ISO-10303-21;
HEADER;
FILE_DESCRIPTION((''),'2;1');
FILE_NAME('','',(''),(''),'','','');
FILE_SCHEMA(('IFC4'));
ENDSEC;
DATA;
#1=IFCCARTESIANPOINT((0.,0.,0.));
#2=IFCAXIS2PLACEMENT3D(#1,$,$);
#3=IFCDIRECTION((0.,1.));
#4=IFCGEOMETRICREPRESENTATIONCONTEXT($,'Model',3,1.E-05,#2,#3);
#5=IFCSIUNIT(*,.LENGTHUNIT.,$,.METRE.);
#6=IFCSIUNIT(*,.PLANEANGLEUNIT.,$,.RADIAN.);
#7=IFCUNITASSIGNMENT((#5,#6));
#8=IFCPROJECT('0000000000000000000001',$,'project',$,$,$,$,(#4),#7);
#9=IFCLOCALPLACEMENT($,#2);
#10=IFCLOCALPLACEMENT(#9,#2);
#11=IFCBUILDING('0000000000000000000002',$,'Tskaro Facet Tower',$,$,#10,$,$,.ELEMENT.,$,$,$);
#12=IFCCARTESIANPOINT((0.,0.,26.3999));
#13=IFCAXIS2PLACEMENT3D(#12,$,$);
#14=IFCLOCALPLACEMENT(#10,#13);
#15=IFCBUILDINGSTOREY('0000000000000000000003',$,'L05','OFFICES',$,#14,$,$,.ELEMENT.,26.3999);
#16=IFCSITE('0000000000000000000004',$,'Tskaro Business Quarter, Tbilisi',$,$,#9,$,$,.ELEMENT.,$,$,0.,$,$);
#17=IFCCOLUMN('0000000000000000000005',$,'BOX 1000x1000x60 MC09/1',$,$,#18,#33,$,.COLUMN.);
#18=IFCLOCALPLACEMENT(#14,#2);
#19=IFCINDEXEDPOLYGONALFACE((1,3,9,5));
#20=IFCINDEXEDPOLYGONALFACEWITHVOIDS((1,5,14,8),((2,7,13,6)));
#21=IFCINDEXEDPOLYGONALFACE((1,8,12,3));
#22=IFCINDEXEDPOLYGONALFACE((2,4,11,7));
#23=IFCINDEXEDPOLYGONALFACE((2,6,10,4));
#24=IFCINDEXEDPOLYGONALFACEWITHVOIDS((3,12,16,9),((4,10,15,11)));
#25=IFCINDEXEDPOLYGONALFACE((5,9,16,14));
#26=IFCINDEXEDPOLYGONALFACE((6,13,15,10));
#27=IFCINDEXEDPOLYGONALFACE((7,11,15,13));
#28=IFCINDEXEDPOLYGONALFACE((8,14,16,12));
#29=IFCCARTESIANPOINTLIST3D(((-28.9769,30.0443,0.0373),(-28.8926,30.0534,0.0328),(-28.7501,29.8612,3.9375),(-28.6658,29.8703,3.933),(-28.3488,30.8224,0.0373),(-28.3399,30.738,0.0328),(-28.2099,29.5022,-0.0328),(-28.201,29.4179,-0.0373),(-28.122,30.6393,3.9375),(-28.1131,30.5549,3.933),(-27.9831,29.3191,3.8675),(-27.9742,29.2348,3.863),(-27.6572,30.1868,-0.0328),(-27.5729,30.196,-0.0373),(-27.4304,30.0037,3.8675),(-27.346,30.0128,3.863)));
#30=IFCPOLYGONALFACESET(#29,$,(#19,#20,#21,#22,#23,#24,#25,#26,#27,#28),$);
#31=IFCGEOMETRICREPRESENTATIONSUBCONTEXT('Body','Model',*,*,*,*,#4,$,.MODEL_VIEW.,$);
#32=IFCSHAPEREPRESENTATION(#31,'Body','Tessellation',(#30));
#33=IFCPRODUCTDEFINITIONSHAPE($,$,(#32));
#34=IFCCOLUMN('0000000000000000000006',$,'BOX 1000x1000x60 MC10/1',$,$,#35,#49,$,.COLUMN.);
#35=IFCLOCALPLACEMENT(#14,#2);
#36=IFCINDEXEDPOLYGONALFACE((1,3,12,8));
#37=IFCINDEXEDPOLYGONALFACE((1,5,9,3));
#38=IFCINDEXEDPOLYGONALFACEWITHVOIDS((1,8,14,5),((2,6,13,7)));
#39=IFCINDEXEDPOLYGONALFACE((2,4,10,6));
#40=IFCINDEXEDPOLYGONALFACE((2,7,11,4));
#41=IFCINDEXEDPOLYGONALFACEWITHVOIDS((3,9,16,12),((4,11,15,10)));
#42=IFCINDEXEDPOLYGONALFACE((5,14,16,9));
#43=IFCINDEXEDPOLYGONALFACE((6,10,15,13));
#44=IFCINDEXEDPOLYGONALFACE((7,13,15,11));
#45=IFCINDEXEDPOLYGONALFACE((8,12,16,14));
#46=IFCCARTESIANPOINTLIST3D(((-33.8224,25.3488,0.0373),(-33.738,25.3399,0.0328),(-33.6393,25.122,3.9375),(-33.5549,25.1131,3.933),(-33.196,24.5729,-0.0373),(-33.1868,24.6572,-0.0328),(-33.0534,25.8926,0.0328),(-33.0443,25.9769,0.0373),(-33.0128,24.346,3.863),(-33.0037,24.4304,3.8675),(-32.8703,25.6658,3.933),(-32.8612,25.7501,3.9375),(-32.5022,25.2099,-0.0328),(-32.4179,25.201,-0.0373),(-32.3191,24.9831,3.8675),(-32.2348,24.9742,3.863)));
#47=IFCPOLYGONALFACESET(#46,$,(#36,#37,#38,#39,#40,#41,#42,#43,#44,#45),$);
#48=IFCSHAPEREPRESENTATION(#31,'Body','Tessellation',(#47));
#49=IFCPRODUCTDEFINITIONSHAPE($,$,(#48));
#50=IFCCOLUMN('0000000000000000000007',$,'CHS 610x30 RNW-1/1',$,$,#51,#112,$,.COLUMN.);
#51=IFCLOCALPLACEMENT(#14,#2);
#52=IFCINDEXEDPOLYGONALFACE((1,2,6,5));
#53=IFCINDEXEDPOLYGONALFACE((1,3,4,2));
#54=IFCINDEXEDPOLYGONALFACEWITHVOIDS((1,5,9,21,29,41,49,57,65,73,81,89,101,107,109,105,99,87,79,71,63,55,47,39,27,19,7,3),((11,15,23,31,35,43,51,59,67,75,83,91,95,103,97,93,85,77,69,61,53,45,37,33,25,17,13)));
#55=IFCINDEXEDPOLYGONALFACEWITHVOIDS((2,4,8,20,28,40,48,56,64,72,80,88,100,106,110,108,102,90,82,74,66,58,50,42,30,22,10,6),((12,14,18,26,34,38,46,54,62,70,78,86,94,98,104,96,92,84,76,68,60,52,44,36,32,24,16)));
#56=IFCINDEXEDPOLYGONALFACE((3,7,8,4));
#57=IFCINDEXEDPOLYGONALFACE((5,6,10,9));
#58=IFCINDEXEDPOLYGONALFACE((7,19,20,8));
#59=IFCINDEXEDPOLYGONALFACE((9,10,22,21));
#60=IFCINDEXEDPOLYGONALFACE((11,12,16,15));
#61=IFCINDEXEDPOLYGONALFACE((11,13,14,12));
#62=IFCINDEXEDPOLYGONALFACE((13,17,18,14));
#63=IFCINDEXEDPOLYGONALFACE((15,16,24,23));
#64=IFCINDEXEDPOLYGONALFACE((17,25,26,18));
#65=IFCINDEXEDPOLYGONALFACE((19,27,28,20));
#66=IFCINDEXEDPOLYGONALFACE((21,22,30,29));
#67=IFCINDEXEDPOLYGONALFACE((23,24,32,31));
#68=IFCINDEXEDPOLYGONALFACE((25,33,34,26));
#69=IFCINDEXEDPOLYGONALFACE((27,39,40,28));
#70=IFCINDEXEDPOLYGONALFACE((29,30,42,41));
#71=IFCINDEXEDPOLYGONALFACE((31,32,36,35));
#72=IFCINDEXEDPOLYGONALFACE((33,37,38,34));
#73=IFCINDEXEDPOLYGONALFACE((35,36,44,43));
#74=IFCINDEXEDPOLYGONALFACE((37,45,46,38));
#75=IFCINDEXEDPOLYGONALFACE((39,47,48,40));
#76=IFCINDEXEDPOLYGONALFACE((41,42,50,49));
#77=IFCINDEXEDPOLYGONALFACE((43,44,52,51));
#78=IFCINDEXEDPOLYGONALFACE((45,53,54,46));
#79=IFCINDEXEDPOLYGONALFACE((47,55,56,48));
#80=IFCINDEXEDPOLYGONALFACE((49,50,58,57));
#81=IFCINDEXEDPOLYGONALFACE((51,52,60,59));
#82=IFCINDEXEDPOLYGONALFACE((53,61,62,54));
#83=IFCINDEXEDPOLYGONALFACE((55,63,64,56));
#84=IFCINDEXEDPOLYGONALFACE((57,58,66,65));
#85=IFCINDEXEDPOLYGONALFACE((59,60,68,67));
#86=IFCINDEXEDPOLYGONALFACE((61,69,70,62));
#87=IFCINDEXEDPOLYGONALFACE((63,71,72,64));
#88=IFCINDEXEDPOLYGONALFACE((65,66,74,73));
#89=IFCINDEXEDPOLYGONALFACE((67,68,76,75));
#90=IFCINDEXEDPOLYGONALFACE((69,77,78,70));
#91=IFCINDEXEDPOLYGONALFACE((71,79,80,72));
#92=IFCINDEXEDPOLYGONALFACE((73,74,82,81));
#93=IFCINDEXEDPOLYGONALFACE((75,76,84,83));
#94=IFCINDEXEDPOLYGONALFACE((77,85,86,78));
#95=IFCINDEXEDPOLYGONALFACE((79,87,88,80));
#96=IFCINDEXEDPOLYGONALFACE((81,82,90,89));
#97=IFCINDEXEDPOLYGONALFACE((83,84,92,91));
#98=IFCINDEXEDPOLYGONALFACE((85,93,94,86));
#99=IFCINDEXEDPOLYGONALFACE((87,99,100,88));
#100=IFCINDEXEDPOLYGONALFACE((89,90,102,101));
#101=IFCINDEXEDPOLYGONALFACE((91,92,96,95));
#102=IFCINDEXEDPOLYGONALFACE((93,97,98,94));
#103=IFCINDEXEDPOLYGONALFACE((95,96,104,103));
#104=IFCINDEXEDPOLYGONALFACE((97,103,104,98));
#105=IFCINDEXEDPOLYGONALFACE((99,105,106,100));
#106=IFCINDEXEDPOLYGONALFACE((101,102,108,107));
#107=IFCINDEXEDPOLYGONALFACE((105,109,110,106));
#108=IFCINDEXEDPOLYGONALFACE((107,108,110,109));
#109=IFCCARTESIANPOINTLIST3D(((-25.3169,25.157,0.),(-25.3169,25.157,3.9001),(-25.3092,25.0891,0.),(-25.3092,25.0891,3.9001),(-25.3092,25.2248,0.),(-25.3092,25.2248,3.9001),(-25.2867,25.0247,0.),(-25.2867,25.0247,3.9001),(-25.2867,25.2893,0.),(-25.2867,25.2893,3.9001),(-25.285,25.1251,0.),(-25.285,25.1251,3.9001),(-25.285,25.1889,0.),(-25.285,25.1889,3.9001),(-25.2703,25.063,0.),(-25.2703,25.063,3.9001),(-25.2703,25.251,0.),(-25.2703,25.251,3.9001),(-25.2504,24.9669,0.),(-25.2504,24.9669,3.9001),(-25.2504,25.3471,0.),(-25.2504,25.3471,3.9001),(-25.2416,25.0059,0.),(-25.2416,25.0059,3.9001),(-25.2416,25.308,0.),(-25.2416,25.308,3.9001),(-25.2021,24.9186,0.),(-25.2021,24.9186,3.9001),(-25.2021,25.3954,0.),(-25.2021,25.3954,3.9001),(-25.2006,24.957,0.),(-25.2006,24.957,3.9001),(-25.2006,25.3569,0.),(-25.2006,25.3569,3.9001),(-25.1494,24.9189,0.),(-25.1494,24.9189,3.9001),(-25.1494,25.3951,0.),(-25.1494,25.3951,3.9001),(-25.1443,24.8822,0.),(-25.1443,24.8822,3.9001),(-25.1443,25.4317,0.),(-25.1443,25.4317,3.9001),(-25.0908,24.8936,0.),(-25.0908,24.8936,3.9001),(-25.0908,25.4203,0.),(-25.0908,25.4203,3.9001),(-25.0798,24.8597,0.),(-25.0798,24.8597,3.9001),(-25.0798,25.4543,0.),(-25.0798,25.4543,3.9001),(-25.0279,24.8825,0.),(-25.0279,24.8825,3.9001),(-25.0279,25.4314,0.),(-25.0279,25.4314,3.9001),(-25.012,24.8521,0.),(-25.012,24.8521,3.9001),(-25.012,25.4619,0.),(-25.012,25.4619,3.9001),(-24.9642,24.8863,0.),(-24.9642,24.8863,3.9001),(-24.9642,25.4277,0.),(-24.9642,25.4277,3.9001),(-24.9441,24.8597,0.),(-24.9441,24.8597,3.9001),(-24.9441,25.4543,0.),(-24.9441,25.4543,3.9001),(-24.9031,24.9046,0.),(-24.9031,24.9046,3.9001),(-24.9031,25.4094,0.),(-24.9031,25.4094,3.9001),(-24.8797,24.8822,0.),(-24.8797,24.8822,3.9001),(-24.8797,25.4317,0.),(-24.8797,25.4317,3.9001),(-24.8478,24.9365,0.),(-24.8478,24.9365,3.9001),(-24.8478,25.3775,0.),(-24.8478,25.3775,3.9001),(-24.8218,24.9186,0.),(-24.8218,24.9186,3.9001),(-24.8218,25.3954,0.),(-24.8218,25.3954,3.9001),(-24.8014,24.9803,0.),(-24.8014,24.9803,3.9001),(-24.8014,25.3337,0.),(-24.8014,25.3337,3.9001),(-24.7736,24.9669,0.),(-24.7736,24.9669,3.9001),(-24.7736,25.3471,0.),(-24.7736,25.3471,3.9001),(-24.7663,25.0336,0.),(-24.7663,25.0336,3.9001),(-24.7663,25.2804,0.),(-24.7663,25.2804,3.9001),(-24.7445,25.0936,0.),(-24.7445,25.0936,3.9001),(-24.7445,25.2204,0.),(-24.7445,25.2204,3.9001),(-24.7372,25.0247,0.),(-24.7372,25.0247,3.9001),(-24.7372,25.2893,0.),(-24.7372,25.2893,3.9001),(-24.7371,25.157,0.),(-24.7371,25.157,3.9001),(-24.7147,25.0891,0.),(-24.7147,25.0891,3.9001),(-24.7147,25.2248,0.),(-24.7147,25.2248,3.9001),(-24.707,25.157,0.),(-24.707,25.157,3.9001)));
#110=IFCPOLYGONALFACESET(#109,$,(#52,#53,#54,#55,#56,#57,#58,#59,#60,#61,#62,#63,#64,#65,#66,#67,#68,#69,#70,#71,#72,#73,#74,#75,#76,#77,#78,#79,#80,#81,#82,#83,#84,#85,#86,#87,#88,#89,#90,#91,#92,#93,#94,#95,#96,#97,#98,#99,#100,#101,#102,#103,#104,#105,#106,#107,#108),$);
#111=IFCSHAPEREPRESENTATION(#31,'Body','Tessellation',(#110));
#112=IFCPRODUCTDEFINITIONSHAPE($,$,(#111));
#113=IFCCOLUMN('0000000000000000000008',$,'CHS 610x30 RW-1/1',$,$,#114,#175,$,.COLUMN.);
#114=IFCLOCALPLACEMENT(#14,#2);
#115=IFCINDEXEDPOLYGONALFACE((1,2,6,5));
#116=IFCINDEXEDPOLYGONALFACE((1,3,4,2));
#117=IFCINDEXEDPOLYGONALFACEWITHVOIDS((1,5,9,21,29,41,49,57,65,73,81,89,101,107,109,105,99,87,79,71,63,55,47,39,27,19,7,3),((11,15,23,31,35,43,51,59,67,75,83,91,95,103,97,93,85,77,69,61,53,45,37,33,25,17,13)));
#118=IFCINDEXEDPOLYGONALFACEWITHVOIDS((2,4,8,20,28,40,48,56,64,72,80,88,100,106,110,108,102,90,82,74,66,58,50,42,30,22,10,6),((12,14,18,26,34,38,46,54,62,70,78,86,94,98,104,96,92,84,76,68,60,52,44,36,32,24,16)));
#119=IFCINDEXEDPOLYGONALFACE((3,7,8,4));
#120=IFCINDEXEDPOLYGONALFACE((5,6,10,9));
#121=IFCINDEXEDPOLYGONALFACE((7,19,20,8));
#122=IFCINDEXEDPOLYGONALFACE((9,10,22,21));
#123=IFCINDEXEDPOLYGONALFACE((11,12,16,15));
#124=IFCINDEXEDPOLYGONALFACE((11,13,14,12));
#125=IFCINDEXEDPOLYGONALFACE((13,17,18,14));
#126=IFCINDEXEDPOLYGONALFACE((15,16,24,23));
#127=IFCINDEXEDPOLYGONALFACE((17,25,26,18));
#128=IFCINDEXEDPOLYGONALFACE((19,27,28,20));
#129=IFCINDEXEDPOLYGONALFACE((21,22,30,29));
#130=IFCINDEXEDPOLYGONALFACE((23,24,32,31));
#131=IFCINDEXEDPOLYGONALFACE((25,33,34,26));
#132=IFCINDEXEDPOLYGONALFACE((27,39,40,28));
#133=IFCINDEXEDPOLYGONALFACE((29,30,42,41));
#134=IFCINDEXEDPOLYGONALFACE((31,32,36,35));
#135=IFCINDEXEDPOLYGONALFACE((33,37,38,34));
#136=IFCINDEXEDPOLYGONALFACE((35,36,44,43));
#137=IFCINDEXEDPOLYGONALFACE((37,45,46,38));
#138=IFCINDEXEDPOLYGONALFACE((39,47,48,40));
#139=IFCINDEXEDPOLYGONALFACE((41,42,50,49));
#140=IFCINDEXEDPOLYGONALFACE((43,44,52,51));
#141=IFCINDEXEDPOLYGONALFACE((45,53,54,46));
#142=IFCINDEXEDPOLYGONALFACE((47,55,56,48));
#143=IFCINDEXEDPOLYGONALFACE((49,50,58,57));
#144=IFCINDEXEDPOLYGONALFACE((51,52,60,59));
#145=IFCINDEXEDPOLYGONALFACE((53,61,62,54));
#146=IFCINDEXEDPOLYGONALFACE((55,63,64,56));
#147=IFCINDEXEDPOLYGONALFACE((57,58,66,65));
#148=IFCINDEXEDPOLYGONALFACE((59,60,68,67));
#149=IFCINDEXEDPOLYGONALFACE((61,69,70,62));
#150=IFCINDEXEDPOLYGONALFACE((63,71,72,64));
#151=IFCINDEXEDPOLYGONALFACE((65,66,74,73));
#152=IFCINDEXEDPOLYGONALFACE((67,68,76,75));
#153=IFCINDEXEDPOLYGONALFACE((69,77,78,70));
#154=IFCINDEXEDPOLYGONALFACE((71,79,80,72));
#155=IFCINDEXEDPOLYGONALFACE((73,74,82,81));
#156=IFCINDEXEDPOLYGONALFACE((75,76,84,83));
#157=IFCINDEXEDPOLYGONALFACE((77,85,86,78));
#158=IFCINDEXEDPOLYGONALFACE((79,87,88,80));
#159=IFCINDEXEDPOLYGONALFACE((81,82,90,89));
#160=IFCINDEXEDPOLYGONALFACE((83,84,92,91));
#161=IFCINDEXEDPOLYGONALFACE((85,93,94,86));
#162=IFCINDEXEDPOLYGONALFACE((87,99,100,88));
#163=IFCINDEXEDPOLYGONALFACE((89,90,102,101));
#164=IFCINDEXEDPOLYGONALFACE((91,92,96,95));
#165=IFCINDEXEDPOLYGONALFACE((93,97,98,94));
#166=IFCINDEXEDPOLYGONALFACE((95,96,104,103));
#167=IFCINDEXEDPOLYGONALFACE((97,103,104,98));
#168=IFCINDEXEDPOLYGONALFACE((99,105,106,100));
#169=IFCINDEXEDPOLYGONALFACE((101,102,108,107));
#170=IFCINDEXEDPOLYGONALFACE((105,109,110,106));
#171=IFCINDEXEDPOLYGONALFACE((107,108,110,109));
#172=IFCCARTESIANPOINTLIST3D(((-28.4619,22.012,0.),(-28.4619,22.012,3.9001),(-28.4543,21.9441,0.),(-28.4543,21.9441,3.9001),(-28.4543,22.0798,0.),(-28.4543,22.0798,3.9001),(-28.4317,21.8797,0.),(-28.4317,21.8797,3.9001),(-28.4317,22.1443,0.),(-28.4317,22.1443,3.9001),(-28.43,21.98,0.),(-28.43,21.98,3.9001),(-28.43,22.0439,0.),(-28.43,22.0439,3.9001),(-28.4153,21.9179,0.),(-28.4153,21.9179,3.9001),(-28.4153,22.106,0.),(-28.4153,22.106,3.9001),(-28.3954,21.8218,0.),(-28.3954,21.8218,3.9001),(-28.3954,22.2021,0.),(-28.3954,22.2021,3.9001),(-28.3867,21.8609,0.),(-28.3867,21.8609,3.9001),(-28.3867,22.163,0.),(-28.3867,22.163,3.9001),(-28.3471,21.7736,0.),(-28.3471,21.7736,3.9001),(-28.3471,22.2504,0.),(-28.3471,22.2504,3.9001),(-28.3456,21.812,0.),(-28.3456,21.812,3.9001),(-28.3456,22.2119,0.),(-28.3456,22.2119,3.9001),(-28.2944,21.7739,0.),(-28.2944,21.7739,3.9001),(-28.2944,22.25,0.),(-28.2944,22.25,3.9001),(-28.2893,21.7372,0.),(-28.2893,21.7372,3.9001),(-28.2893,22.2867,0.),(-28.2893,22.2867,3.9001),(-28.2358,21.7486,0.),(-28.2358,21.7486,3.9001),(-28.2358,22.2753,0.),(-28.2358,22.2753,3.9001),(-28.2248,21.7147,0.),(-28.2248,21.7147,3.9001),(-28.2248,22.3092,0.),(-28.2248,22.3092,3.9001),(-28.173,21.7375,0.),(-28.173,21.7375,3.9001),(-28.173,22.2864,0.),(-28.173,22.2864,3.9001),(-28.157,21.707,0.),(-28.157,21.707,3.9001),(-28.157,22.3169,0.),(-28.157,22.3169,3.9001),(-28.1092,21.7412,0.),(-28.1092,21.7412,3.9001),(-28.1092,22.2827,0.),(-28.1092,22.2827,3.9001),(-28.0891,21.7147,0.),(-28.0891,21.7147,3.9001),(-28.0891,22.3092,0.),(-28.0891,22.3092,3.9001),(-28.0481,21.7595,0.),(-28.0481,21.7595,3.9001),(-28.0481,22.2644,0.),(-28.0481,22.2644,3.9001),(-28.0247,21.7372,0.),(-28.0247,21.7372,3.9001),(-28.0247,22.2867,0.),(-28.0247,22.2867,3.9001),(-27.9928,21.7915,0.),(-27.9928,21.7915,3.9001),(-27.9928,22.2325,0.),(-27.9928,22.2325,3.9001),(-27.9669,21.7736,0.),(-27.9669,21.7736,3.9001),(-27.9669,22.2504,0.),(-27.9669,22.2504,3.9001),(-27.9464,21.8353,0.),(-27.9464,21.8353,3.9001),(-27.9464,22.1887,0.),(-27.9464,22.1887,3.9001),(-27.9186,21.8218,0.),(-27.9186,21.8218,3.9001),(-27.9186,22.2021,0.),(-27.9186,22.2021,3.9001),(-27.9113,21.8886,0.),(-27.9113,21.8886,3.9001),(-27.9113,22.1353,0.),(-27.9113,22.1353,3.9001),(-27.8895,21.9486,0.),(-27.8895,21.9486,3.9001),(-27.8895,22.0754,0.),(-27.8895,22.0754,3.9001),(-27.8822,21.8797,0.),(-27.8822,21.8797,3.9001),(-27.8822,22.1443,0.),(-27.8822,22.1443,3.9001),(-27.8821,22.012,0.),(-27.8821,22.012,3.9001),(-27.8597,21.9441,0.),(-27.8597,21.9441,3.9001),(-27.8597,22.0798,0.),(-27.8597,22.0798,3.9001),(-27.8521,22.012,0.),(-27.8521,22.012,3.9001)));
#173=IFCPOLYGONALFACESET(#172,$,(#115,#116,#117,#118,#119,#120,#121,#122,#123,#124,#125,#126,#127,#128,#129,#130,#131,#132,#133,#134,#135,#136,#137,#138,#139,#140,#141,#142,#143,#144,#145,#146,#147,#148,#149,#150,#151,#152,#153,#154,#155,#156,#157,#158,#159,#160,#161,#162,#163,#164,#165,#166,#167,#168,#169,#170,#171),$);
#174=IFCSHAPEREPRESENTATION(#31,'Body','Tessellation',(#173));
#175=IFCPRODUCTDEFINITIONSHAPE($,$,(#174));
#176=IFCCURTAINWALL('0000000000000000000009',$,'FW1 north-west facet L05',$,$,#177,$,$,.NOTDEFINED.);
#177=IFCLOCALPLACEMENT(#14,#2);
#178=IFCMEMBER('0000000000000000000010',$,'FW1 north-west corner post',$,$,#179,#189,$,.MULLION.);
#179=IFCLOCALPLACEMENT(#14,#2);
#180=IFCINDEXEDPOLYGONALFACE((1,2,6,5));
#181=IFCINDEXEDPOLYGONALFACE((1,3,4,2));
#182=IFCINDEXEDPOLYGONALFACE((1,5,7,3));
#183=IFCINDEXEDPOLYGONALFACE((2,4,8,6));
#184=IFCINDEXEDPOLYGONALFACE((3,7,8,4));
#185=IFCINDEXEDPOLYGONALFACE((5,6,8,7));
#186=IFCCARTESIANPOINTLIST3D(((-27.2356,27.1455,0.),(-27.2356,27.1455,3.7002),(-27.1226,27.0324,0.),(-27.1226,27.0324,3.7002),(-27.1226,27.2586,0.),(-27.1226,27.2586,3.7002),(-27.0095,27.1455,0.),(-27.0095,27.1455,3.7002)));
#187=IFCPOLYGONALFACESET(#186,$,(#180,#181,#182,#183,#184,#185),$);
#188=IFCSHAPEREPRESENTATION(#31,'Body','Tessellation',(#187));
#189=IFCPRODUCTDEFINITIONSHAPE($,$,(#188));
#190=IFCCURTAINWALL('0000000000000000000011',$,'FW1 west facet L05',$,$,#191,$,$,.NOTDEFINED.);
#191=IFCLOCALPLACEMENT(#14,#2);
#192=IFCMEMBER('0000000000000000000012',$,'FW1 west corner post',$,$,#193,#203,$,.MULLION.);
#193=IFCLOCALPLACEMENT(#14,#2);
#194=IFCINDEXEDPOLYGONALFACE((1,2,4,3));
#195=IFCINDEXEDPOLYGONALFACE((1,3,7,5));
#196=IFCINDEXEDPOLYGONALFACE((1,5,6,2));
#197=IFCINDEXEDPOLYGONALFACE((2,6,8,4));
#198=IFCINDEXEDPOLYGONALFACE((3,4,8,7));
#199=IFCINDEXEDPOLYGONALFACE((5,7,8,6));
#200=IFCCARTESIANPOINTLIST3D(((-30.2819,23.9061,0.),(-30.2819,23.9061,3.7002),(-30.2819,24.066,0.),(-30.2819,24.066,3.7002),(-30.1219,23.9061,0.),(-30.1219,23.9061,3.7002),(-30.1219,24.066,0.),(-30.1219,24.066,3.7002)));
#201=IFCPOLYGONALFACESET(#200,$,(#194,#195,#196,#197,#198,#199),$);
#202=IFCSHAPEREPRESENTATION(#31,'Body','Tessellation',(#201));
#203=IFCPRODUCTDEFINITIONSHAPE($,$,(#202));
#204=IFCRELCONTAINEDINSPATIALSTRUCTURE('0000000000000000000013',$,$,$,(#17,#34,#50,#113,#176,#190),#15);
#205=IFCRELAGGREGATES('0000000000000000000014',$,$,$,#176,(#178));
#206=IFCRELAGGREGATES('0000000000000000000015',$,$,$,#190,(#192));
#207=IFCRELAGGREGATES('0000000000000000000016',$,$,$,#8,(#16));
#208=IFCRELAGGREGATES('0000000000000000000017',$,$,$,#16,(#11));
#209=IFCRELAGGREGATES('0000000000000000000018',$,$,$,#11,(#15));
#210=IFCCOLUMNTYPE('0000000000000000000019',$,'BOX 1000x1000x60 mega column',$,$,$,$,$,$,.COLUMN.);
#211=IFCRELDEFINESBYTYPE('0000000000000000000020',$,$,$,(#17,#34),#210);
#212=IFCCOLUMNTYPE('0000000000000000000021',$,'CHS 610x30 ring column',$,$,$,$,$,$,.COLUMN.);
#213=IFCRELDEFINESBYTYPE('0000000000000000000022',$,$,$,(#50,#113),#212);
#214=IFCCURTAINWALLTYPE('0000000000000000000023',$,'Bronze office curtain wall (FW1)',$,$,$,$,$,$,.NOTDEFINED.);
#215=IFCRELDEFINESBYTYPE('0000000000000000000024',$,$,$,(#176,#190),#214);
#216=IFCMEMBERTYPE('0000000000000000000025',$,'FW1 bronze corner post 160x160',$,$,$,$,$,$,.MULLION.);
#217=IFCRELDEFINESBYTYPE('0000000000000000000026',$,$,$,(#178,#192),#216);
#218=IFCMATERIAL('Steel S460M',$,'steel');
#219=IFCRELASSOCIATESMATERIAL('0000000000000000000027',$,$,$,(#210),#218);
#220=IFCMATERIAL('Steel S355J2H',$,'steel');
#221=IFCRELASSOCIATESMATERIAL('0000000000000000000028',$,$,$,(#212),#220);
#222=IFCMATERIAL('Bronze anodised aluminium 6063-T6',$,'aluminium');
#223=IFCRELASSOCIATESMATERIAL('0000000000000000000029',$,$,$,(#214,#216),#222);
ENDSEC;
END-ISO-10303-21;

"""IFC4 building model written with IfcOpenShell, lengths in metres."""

from ifc_helpers import new_model, si_unit, direction, frame, origin, origin_2d, place, context, subcontext, project, spatial, rectangle, hollow_rectangle, hollow_circle, extrude, material, material_profile, profile_set, type_object, element, aggregate, save


model = new_model("IFC4")

# Units and contexts
model_context = context("Model", 3, precision=1e-05, world=origin(), true_north=direction((0.0, 1.0)))
body_context = subcontext(model_context, "Body", "Model", "MODEL_VIEW")
ifc_project = project(units=[si_unit("LENGTHUNIT", "METRE"), si_unit("PLANEANGLEUNIT", "RADIAN")], contexts=[model_context])

# Site, building, storey
site_placement = place(None, origin())
site = spatial("IfcSite", under=ifc_project, at=site_placement, Name="Tskaro Business Quarter, Tbilisi", CompositionType="ELEMENT", RefElevation=0.0)
building_placement = place(site_placement, origin())
building = spatial("IfcBuilding", under=site, at=building_placement, Name="Tskaro Facet Tower", CompositionType="ELEMENT")
storey_placement = place(building_placement, frame((0.0, 0.0, 26.3999)))
storey = spatial("IfcBuildingStorey", under=building, at=storey_placement, Name="L05", Description="OFFICES", CompositionType="ELEMENT", Elevation=26.3999)

# Columns
ifc_material_1 = material(Name="Steel S460M", Category="steel")
ifc_material_profile_1 = material_profile(ifc_material_1, hollow_rectangle(XDim=1.0, YDim=1.0, WallThickness=0.0601, at=origin_2d()), Name="BOX 1000x1000x60")
ifc_profile_set_1 = profile_set([ifc_material_profile_1], Name="Steel S460M")
column_type_1 = type_object("IfcColumnType", Name="BOX 1000x1000x60 mega column", PredefinedType="COLUMN", material=ifc_profile_set_1)
for number, where, z_axis, x_axis, name in (
    (1, (-28.2749, 30.1201, 0.0), (0.057992, -0.046818, 0.997219), (0.628162, 0.778083, 0.0), "BOX 1000x1000x60 MC09/1"),
    (2, (-33.1201, 25.2749, 0.0), (0.046818, -0.057992, 0.997219), (0.778083, 0.628162, 0.0), "BOX 1000x1000x60 MC10/1"),
):
    element("IfcColumn", number, at=place(storey_placement, frame(where, z_axis=z_axis, x_axis=x_axis)), inside=storey, type_object=column_type_1, Name=name, PredefinedType="COLUMN", context=body_context, shape_type="SweptSolid", body=[
        extrude(hollow_rectangle(XDim=1.0, YDim=1.0, WallThickness=0.0601, at=origin_2d()), origin(), (0.0, 0.0, 1.0), 3.9111),
    ])
ifc_material_2 = material(Name="Steel S355J2H", Category="steel")
ifc_material_profile_2 = material_profile(ifc_material_2, hollow_circle(Radius=0.3049, WallThickness=0.03, at=origin_2d()), Name="CHS 610x30")
ifc_profile_set_2 = profile_set([ifc_material_profile_2], Name="Steel S355J2H")
column_type_2 = type_object("IfcColumnType", Name="CHS 610x30 ring column", PredefinedType="COLUMN", material=ifc_profile_set_2)
for number, where, z_axis, x_axis, name in (
    (3, (-25.012, 25.157, 0.0), (0.0, 0.0, 1.0), (1.0, 0.0, 0.0), "CHS 610x30 RNW-1/1"),
    (4, (-28.157, 22.012, 0.0), (0.0, 0.0, 1.0), (1.0, 0.0, 0.0), "CHS 610x30 RW-1/1"),
):
    element("IfcColumn", number, at=place(storey_placement, frame(where, z_axis=z_axis, x_axis=x_axis)), inside=storey, type_object=column_type_2, Name=name, PredefinedType="COLUMN", context=body_context, shape_type="SweptSolid", body=[
        extrude(hollow_circle(Radius=0.3049, WallThickness=0.03, at=origin_2d()), origin(), (0.0, 0.0, 1.0), 3.9001),
    ])

# Curtain walls, members
ifc_material_3 = material(Name="Bronze anodised aluminium 6063-T6", Category="aluminium")
curtain_wall_type = type_object("IfcCurtainWallType", Name="Bronze office curtain wall (FW1)", PredefinedType="NOTDEFINED", material=ifc_material_3)
curtain_wall_1_placement = place(storey_placement, origin())
curtain_wall_1 = element("IfcCurtainWall", 5, at=curtain_wall_1_placement, inside=storey, type_object=curtain_wall_type, Name="FW1 north-west facet L05", PredefinedType="NOTDEFINED")
ifc_material_profile_3 = material_profile(ifc_material_3, rectangle(XDim=0.1599, YDim=0.1599, at=origin_2d()), Name="Corner post 160x160")
ifc_profile_set_3 = profile_set([ifc_material_profile_3], Name="Bronze anodised aluminium 6063-T6")
member_type_1 = type_object("IfcMemberType", Name="FW1 bronze corner post 160x160", PredefinedType="MULLION", material=ifc_profile_set_3)
member_1_placement = place(storey_placement, frame((-27.1226, 27.1455, 0.0), z_axis=(0.0, 0.0, 1.0), x_axis=(-0.707107, -0.707107, 0.0)))
member_1 = element("IfcMember", 6, at=member_1_placement, type_object=member_type_1, Name="FW1 north-west corner post", PredefinedType="MULLION", context=body_context, shape_type="SweptSolid", body=[
    extrude(rectangle(XDim=0.1599, YDim=0.1599, at=origin_2d()), origin(), (0.0, 0.0, 1.0), 3.7002),
])
curtain_wall_2_placement = place(storey_placement, origin())
curtain_wall_2 = element("IfcCurtainWall", 7, at=curtain_wall_2_placement, inside=storey, type_object=curtain_wall_type, Name="FW1 west facet L05", PredefinedType="NOTDEFINED")
member_2_placement = place(storey_placement, frame((-30.2019, 23.9861, 0.0), z_axis=(0.0, 0.0, 1.0), x_axis=(0.0, -1.0, 0.0)))
member_2 = element("IfcMember", 8, at=member_2_placement, type_object=member_type_1, Name="FW1 west corner post", PredefinedType="MULLION", context=body_context, shape_type="SweptSolid", body=[
    extrude(rectangle(XDim=0.1599, YDim=0.1599, at=origin_2d()), origin(), (0.0, 0.0, 1.0), 3.7002),
])

aggregate(curtain_wall_1, [member_1])
aggregate(curtain_wall_2, [member_2])

save(model, "model.ifc")
